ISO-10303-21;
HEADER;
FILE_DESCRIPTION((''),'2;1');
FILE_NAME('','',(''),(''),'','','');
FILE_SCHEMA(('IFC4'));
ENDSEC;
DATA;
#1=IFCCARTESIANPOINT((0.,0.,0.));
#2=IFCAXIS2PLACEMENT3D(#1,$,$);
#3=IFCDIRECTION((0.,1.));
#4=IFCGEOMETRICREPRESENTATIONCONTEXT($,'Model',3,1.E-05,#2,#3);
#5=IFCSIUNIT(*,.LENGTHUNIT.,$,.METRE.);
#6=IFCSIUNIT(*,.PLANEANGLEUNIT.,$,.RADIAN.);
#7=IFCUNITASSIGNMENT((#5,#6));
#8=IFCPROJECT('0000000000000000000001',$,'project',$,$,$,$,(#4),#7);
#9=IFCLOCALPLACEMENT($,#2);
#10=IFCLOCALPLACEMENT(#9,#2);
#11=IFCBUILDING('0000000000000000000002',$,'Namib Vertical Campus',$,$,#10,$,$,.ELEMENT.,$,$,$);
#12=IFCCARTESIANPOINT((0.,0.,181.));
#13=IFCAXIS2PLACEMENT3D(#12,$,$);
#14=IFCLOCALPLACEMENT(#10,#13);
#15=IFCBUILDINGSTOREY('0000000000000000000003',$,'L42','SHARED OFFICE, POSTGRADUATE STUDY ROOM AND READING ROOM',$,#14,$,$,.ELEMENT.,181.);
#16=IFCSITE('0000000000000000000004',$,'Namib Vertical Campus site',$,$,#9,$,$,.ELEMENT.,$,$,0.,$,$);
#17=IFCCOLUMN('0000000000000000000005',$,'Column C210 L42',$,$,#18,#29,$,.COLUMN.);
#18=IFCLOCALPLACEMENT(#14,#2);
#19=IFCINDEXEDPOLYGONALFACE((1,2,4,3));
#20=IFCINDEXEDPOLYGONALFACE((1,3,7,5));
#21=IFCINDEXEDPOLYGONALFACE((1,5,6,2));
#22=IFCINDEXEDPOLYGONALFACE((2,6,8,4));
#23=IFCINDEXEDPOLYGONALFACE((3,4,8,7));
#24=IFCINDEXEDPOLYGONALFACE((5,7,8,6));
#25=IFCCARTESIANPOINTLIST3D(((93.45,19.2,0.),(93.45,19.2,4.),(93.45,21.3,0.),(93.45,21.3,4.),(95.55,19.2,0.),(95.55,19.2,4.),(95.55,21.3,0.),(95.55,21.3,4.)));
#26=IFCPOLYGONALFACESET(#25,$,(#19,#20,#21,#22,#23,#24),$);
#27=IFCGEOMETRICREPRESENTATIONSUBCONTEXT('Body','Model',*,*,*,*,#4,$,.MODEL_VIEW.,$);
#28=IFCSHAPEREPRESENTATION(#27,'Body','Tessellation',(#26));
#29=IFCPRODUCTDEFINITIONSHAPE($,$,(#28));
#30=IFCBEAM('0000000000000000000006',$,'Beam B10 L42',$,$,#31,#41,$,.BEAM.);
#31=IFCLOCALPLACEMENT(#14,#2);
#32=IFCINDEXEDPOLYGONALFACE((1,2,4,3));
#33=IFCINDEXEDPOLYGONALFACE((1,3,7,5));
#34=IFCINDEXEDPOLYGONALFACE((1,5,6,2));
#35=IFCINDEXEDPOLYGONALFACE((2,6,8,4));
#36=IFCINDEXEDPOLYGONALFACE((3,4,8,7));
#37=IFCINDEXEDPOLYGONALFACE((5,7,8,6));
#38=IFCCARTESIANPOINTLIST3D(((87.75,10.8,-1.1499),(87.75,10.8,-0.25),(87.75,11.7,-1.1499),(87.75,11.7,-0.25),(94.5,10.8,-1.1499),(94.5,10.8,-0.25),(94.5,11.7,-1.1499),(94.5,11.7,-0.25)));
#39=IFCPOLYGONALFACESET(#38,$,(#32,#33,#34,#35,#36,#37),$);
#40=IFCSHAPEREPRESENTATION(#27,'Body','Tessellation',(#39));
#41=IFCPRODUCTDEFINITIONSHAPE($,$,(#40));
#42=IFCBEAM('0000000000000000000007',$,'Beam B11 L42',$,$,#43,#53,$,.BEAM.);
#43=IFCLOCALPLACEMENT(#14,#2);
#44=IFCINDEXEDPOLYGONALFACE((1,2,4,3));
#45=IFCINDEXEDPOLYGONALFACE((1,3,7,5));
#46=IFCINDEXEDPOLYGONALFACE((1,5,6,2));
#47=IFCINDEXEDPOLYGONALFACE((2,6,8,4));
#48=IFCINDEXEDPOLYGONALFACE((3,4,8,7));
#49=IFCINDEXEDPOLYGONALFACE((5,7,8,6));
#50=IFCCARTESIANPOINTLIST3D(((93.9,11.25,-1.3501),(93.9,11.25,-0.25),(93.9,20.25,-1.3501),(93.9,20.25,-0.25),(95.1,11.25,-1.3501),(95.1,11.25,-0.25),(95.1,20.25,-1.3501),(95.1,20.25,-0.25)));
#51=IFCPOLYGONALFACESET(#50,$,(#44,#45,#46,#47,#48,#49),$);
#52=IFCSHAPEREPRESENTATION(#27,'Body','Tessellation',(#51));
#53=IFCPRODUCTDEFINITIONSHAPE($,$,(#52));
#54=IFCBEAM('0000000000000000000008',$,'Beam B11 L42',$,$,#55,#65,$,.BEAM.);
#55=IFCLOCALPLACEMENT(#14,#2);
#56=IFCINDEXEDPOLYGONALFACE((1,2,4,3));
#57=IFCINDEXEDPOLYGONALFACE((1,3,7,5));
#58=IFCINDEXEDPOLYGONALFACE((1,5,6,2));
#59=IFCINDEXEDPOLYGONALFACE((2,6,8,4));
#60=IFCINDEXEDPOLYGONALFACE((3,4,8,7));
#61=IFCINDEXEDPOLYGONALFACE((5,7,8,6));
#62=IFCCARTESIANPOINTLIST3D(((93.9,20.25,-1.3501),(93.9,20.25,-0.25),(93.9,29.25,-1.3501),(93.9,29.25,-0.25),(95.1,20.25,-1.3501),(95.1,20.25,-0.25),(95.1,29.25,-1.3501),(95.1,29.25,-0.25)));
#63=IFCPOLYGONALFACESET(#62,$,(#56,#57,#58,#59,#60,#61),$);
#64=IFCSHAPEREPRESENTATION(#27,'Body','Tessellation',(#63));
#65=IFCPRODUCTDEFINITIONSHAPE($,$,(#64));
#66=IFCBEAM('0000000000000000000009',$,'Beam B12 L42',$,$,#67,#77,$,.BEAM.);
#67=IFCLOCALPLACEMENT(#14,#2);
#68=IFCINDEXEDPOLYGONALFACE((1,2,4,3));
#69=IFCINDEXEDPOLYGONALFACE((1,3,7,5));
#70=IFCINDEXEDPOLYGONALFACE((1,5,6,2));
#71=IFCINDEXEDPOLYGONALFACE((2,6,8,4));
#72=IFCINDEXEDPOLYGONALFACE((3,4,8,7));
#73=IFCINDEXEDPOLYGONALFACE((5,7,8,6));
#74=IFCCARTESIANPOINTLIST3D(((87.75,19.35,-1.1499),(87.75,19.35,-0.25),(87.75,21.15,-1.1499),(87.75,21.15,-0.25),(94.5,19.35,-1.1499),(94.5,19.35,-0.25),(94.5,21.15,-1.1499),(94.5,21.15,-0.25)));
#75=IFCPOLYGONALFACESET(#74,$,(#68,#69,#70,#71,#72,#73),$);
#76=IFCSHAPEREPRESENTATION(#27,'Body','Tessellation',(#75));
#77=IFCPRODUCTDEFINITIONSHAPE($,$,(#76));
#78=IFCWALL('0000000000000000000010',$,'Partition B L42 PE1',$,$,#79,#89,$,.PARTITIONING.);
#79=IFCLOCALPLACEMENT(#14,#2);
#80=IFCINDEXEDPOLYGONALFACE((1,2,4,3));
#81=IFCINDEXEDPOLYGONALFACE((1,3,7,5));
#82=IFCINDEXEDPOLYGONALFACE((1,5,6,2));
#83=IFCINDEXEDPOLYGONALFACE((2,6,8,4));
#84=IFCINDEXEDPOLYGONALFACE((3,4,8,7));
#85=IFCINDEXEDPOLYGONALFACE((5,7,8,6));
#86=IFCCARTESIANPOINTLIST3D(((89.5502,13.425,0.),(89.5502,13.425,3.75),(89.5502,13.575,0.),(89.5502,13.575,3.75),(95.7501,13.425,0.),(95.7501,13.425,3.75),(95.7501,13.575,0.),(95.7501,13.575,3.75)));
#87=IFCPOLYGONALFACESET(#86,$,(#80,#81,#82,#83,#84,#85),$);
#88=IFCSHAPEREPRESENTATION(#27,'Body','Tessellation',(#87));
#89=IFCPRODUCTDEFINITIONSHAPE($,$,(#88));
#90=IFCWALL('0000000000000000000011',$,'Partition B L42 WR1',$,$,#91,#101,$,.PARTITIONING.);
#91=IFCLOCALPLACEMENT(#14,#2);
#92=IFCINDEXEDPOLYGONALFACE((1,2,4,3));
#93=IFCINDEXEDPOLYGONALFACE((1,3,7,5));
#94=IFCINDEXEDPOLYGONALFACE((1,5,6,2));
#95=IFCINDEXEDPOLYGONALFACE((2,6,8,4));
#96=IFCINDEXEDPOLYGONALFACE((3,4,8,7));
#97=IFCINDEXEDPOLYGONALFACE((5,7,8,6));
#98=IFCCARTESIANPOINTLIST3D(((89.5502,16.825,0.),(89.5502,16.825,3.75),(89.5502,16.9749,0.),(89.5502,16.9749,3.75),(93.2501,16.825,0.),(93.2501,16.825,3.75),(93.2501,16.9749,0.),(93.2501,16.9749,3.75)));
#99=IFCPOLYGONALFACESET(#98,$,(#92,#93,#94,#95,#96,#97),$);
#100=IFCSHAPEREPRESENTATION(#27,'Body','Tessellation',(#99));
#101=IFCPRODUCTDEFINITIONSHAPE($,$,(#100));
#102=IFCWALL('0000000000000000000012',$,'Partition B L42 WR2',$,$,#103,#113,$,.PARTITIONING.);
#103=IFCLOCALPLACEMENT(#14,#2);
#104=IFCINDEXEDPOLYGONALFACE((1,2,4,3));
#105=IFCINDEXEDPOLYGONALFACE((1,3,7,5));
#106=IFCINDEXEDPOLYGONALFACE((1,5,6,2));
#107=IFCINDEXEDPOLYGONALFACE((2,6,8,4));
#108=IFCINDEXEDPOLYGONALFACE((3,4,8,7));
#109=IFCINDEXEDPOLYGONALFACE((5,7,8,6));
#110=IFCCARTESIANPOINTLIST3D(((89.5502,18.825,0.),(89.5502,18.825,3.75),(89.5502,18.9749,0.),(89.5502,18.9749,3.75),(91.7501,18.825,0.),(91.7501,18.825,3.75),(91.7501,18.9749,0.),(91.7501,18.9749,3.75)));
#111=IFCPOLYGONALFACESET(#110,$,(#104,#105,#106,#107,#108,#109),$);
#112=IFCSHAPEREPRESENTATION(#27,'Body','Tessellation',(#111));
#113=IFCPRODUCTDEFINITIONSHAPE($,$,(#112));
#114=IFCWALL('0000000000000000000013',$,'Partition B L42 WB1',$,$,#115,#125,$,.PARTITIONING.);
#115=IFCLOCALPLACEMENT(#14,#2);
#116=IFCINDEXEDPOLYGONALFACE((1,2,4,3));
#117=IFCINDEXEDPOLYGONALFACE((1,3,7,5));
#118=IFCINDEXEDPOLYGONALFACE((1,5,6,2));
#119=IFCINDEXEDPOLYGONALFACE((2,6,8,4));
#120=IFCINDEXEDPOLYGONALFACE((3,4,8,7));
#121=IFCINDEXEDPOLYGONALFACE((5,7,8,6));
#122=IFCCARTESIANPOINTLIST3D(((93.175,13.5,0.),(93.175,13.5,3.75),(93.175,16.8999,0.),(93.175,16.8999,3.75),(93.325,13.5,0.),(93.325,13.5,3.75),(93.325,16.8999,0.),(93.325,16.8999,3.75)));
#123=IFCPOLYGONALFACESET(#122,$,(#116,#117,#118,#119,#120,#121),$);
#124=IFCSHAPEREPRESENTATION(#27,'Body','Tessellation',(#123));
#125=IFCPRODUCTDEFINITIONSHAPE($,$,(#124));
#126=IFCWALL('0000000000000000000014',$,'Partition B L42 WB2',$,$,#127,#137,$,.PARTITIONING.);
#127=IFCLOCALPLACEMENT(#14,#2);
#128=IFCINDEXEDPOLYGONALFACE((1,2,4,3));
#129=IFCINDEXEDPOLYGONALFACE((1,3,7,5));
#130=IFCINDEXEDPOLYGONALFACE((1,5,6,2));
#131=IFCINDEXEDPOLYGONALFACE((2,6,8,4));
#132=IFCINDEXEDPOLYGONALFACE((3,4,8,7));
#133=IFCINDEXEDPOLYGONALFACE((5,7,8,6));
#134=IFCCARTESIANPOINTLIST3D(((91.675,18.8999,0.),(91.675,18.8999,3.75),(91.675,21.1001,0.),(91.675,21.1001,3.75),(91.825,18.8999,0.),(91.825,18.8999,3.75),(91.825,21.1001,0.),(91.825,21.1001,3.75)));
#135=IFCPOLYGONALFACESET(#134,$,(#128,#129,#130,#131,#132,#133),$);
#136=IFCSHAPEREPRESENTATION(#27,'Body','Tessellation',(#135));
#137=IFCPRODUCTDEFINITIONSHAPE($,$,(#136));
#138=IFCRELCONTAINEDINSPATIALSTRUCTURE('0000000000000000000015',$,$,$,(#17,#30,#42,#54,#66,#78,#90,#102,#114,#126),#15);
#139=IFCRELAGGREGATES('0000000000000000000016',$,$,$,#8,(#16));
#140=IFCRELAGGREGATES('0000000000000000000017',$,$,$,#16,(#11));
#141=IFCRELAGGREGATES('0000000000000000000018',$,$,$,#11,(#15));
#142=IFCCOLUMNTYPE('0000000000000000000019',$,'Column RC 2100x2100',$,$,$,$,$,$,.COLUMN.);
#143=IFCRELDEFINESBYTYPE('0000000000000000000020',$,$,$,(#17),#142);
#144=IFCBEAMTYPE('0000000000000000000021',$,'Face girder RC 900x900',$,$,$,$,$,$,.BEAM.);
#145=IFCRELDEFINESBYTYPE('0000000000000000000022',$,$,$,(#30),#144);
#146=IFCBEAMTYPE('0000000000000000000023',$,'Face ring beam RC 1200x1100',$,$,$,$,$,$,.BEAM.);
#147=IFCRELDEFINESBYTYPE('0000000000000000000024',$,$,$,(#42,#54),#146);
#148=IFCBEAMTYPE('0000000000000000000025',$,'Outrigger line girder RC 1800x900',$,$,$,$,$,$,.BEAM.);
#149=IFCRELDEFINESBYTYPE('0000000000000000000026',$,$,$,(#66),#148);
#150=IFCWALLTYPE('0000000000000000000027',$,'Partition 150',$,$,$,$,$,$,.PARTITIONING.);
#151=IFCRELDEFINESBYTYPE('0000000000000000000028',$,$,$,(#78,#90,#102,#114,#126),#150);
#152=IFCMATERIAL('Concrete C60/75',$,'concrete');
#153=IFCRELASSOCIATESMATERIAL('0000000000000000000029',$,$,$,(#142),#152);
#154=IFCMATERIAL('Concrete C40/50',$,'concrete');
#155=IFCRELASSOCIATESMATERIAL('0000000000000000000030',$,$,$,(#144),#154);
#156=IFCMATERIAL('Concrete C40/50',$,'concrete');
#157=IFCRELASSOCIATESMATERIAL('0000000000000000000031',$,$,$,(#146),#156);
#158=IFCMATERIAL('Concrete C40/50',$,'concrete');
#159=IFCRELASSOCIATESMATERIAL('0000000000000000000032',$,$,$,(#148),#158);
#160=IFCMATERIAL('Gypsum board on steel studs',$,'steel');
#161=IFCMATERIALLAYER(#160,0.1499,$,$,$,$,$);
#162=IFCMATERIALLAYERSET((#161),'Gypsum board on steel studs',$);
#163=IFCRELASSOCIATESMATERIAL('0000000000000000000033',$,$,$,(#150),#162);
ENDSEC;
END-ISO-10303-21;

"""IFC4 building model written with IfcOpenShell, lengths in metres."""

from ifc_helpers import new_model, si_unit, direction, frame, frame_2d, origin, origin_2d, place, context, subcontext, project, spatial, rectangle, extrude, material, layer, layer_set, material_profile, profile_set, type_object, element, save


model = new_model("IFC4")

# Units and contexts
model_context = context("Model", 3, precision=1e-05, world=origin(), true_north=direction((0.0, 1.0)))
body_context = subcontext(model_context, "Body", "Model", "MODEL_VIEW")
ifc_project = project(units=[si_unit("LENGTHUNIT", "METRE"), si_unit("PLANEANGLEUNIT", "RADIAN")], contexts=[model_context])

# Site, building, storey
site_placement = place(None, origin())
site = spatial("IfcSite", under=ifc_project, at=site_placement, Name="Namib Vertical Campus site", CompositionType="ELEMENT", RefElevation=0.0)
building_placement = place(site_placement, origin())
building = spatial("IfcBuilding", under=site, at=building_placement, Name="Namib Vertical Campus", CompositionType="ELEMENT")
storey_placement = place(building_placement, frame((0.0, 0.0, 181.0)))
storey = spatial("IfcBuildingStorey", under=building, at=storey_placement, Name="L42", Description="SHARED OFFICE, POSTGRADUATE STUDY ROOM AND READING ROOM", CompositionType="ELEMENT", Elevation=181.0)

# Column
ifc_material_1 = material(Name="Concrete C60/75", Category="concrete")
ifc_material_profile_1 = material_profile(ifc_material_1, rectangle(XDim=2.1001, YDim=2.1001, at=origin_2d()))
ifc_profile_set_1 = profile_set([ifc_material_profile_1], Name="Concrete C60/75")
column_type = type_object("IfcColumnType", Name="Column RC 2100x2100", PredefinedType="COLUMN", material=ifc_profile_set_1)
column_placement = place(storey_placement, frame((94.5, 20.25, 0.0), z_axis=(0.0, 0.0, 1.0), x_axis=(1.0, 0.0, 0.0)))
element("IfcColumn", 1, at=column_placement, inside=storey, type_object=column_type, Name="Column C210 L42", PredefinedType="COLUMN", context=body_context, shape_type="SweptSolid", body=[
    extrude(rectangle(XDim=2.1001, YDim=2.1001, at=origin_2d()), origin(), (0.0, 0.0, 1.0), 4.0),
])

# Beams
ifc_material_2 = material(Name="Concrete C40/50", Category="concrete")
ifc_material_profile_2 = material_profile(ifc_material_2, rectangle(XDim=0.8999, YDim=0.8999, at=origin_2d()))
ifc_profile_set_2 = profile_set([ifc_material_profile_2], Name="Concrete C40/50")
beam_type_1 = type_object("IfcBeamType", Name="Face girder RC 900x900", PredefinedType="BEAM", material=ifc_profile_set_2)
beam_1_placement = place(storey_placement, frame((94.5, 11.25, -0.7), z_axis=(-1.0, 0.0, 0.0), x_axis=(0.0, -1.0, 0.0)))
element("IfcBeam", 2, at=beam_1_placement, inside=storey, type_object=beam_type_1, Name="Beam B10 L42", PredefinedType="BEAM", context=body_context, shape_type="SweptSolid", body=[
    extrude(rectangle(XDim=0.8999, YDim=0.8999, at=origin_2d()), origin(), (0.0, 0.0, 1.0), 6.75),
])
ifc_material_3 = material(Name="Concrete C40/50", Category="concrete")
ifc_material_profile_3 = material_profile(ifc_material_3, rectangle(XDim=1.2, YDim=1.1001, at=origin_2d()))
ifc_profile_set_3 = profile_set([ifc_material_profile_3], Name="Concrete C40/50")
beam_type_2 = type_object("IfcBeamType", Name="Face ring beam RC 1200x1100", PredefinedType="BEAM", material=ifc_profile_set_3)
for number, where, z_axis, x_axis, name in (
    (3, (94.5, 11.25, -0.8), (0.0, 1.0, 0.0), (-1.0, 0.0, 0.0), "Beam B11 L42"),
    (4, (94.5, 20.25, -0.8), (0.0, 1.0, 0.0), (-1.0, 0.0, 0.0), "Beam B11 L42"),
):
    element("IfcBeam", number, at=place(storey_placement, frame(where, z_axis=z_axis, x_axis=x_axis)), inside=storey, type_object=beam_type_2, Name=name, PredefinedType="BEAM", context=body_context, shape_type="SweptSolid", body=[
        extrude(rectangle(XDim=1.2, YDim=1.1001, at=origin_2d()), origin(), (0.0, 0.0, 1.0), 9.0),
    ])
ifc_material_4 = material(Name="Concrete C40/50", Category="concrete")
ifc_material_profile_4 = material_profile(ifc_material_4, rectangle(XDim=1.8, YDim=0.8999, at=origin_2d()))
ifc_profile_set_4 = profile_set([ifc_material_profile_4], Name="Concrete C40/50")
beam_type_3 = type_object("IfcBeamType", Name="Outrigger line girder RC 1800x900", PredefinedType="BEAM", material=ifc_profile_set_4)
beam_2_placement = place(storey_placement, frame((94.5, 20.25, -0.7), z_axis=(-1.0, 0.0, 0.0), x_axis=(0.0, -1.0, 0.0)))
element("IfcBeam", 5, at=beam_2_placement, inside=storey, type_object=beam_type_3, Name="Beam B12 L42", PredefinedType="BEAM", context=body_context, shape_type="SweptSolid", body=[
    extrude(rectangle(XDim=1.8, YDim=0.8999, at=origin_2d()), origin(), (0.0, 0.0, 1.0), 6.75),
])

# Walls
ifc_material_5 = material(Name="Gypsum board on steel studs", Category="steel")
ifc_layer = layer(ifc_material_5, 0.1499)
ifc_layer_set = layer_set([ifc_layer], Name="Gypsum board on steel studs")
wall_type = type_object("IfcWallType", Name="Partition 150", PredefinedType="PARTITIONING", material=ifc_layer_set)
wall_1_placement = place(storey_placement, frame((89.55, 13.5, 0.0), z_axis=(0.0, 0.0, 1.0), x_axis=(1.0, 0.0, 0.0)))
element("IfcWall", 6, at=wall_1_placement, inside=storey, type_object=wall_type, Name="Partition B L42 PE1", PredefinedType="PARTITIONING", context=body_context, shape_type="SweptSolid", body=[
    extrude(rectangle(XDim=6.2, YDim=0.1499, at=frame_2d((3.1001, 0.0))), origin(), (0.0, 0.0, 1.0), 3.75),
])
wall_2_placement = place(storey_placement, frame((89.55, 16.8999, 0.0), z_axis=(0.0, 0.0, 1.0), x_axis=(1.0, 0.0, 0.0)))
element("IfcWall", 7, at=wall_2_placement, inside=storey, type_object=wall_type, Name="Partition B L42 WR1", PredefinedType="PARTITIONING", context=body_context, shape_type="SweptSolid", body=[
    extrude(rectangle(XDim=3.7, YDim=0.1499, at=frame_2d((1.8501, 0.0))), origin(), (0.0, 0.0, 1.0), 3.75),
])
wall_3_placement = place(storey_placement, frame((89.55, 18.8999, 0.0), z_axis=(0.0, 0.0, 1.0), x_axis=(1.0, 0.0, 0.0)))
element("IfcWall", 8, at=wall_3_placement, inside=storey, type_object=wall_type, Name="Partition B L42 WR2", PredefinedType="PARTITIONING", context=body_context, shape_type="SweptSolid", body=[
    extrude(rectangle(XDim=2.2, YDim=0.1499, at=frame_2d((1.1001, 0.0))), origin(), (0.0, 0.0, 1.0), 3.75),
])
wall_4_placement = place(storey_placement, frame((93.25, 13.5, 0.0), z_axis=(0.0, 0.0, 1.0), x_axis=(0.0, 1.0, 0.0)))
element("IfcWall", 9, at=wall_4_placement, inside=storey, type_object=wall_type, Name="Partition B L42 WB1", PredefinedType="PARTITIONING", context=body_context, shape_type="SweptSolid", body=[
    extrude(rectangle(XDim=3.3999, YDim=0.1499, at=frame_2d((1.7, 0.0))), origin(), (0.0, 0.0, 1.0), 3.75),
])
wall_5_placement = place(storey_placement, frame((91.75, 18.8999, 0.0), z_axis=(0.0, 0.0, 1.0), x_axis=(0.0, 1.0, 0.0)))
element("IfcWall", 10, at=wall_5_placement, inside=storey, type_object=wall_type, Name="Partition B L42 WB2", PredefinedType="PARTITIONING", context=body_context, shape_type="SweptSolid", body=[
    extrude(rectangle(XDim=2.2002, YDim=0.1499, at=frame_2d((1.1001, 0.0))), origin(), (0.0, 0.0, 1.0), 3.75),
])

save(model, "model.ifc")
